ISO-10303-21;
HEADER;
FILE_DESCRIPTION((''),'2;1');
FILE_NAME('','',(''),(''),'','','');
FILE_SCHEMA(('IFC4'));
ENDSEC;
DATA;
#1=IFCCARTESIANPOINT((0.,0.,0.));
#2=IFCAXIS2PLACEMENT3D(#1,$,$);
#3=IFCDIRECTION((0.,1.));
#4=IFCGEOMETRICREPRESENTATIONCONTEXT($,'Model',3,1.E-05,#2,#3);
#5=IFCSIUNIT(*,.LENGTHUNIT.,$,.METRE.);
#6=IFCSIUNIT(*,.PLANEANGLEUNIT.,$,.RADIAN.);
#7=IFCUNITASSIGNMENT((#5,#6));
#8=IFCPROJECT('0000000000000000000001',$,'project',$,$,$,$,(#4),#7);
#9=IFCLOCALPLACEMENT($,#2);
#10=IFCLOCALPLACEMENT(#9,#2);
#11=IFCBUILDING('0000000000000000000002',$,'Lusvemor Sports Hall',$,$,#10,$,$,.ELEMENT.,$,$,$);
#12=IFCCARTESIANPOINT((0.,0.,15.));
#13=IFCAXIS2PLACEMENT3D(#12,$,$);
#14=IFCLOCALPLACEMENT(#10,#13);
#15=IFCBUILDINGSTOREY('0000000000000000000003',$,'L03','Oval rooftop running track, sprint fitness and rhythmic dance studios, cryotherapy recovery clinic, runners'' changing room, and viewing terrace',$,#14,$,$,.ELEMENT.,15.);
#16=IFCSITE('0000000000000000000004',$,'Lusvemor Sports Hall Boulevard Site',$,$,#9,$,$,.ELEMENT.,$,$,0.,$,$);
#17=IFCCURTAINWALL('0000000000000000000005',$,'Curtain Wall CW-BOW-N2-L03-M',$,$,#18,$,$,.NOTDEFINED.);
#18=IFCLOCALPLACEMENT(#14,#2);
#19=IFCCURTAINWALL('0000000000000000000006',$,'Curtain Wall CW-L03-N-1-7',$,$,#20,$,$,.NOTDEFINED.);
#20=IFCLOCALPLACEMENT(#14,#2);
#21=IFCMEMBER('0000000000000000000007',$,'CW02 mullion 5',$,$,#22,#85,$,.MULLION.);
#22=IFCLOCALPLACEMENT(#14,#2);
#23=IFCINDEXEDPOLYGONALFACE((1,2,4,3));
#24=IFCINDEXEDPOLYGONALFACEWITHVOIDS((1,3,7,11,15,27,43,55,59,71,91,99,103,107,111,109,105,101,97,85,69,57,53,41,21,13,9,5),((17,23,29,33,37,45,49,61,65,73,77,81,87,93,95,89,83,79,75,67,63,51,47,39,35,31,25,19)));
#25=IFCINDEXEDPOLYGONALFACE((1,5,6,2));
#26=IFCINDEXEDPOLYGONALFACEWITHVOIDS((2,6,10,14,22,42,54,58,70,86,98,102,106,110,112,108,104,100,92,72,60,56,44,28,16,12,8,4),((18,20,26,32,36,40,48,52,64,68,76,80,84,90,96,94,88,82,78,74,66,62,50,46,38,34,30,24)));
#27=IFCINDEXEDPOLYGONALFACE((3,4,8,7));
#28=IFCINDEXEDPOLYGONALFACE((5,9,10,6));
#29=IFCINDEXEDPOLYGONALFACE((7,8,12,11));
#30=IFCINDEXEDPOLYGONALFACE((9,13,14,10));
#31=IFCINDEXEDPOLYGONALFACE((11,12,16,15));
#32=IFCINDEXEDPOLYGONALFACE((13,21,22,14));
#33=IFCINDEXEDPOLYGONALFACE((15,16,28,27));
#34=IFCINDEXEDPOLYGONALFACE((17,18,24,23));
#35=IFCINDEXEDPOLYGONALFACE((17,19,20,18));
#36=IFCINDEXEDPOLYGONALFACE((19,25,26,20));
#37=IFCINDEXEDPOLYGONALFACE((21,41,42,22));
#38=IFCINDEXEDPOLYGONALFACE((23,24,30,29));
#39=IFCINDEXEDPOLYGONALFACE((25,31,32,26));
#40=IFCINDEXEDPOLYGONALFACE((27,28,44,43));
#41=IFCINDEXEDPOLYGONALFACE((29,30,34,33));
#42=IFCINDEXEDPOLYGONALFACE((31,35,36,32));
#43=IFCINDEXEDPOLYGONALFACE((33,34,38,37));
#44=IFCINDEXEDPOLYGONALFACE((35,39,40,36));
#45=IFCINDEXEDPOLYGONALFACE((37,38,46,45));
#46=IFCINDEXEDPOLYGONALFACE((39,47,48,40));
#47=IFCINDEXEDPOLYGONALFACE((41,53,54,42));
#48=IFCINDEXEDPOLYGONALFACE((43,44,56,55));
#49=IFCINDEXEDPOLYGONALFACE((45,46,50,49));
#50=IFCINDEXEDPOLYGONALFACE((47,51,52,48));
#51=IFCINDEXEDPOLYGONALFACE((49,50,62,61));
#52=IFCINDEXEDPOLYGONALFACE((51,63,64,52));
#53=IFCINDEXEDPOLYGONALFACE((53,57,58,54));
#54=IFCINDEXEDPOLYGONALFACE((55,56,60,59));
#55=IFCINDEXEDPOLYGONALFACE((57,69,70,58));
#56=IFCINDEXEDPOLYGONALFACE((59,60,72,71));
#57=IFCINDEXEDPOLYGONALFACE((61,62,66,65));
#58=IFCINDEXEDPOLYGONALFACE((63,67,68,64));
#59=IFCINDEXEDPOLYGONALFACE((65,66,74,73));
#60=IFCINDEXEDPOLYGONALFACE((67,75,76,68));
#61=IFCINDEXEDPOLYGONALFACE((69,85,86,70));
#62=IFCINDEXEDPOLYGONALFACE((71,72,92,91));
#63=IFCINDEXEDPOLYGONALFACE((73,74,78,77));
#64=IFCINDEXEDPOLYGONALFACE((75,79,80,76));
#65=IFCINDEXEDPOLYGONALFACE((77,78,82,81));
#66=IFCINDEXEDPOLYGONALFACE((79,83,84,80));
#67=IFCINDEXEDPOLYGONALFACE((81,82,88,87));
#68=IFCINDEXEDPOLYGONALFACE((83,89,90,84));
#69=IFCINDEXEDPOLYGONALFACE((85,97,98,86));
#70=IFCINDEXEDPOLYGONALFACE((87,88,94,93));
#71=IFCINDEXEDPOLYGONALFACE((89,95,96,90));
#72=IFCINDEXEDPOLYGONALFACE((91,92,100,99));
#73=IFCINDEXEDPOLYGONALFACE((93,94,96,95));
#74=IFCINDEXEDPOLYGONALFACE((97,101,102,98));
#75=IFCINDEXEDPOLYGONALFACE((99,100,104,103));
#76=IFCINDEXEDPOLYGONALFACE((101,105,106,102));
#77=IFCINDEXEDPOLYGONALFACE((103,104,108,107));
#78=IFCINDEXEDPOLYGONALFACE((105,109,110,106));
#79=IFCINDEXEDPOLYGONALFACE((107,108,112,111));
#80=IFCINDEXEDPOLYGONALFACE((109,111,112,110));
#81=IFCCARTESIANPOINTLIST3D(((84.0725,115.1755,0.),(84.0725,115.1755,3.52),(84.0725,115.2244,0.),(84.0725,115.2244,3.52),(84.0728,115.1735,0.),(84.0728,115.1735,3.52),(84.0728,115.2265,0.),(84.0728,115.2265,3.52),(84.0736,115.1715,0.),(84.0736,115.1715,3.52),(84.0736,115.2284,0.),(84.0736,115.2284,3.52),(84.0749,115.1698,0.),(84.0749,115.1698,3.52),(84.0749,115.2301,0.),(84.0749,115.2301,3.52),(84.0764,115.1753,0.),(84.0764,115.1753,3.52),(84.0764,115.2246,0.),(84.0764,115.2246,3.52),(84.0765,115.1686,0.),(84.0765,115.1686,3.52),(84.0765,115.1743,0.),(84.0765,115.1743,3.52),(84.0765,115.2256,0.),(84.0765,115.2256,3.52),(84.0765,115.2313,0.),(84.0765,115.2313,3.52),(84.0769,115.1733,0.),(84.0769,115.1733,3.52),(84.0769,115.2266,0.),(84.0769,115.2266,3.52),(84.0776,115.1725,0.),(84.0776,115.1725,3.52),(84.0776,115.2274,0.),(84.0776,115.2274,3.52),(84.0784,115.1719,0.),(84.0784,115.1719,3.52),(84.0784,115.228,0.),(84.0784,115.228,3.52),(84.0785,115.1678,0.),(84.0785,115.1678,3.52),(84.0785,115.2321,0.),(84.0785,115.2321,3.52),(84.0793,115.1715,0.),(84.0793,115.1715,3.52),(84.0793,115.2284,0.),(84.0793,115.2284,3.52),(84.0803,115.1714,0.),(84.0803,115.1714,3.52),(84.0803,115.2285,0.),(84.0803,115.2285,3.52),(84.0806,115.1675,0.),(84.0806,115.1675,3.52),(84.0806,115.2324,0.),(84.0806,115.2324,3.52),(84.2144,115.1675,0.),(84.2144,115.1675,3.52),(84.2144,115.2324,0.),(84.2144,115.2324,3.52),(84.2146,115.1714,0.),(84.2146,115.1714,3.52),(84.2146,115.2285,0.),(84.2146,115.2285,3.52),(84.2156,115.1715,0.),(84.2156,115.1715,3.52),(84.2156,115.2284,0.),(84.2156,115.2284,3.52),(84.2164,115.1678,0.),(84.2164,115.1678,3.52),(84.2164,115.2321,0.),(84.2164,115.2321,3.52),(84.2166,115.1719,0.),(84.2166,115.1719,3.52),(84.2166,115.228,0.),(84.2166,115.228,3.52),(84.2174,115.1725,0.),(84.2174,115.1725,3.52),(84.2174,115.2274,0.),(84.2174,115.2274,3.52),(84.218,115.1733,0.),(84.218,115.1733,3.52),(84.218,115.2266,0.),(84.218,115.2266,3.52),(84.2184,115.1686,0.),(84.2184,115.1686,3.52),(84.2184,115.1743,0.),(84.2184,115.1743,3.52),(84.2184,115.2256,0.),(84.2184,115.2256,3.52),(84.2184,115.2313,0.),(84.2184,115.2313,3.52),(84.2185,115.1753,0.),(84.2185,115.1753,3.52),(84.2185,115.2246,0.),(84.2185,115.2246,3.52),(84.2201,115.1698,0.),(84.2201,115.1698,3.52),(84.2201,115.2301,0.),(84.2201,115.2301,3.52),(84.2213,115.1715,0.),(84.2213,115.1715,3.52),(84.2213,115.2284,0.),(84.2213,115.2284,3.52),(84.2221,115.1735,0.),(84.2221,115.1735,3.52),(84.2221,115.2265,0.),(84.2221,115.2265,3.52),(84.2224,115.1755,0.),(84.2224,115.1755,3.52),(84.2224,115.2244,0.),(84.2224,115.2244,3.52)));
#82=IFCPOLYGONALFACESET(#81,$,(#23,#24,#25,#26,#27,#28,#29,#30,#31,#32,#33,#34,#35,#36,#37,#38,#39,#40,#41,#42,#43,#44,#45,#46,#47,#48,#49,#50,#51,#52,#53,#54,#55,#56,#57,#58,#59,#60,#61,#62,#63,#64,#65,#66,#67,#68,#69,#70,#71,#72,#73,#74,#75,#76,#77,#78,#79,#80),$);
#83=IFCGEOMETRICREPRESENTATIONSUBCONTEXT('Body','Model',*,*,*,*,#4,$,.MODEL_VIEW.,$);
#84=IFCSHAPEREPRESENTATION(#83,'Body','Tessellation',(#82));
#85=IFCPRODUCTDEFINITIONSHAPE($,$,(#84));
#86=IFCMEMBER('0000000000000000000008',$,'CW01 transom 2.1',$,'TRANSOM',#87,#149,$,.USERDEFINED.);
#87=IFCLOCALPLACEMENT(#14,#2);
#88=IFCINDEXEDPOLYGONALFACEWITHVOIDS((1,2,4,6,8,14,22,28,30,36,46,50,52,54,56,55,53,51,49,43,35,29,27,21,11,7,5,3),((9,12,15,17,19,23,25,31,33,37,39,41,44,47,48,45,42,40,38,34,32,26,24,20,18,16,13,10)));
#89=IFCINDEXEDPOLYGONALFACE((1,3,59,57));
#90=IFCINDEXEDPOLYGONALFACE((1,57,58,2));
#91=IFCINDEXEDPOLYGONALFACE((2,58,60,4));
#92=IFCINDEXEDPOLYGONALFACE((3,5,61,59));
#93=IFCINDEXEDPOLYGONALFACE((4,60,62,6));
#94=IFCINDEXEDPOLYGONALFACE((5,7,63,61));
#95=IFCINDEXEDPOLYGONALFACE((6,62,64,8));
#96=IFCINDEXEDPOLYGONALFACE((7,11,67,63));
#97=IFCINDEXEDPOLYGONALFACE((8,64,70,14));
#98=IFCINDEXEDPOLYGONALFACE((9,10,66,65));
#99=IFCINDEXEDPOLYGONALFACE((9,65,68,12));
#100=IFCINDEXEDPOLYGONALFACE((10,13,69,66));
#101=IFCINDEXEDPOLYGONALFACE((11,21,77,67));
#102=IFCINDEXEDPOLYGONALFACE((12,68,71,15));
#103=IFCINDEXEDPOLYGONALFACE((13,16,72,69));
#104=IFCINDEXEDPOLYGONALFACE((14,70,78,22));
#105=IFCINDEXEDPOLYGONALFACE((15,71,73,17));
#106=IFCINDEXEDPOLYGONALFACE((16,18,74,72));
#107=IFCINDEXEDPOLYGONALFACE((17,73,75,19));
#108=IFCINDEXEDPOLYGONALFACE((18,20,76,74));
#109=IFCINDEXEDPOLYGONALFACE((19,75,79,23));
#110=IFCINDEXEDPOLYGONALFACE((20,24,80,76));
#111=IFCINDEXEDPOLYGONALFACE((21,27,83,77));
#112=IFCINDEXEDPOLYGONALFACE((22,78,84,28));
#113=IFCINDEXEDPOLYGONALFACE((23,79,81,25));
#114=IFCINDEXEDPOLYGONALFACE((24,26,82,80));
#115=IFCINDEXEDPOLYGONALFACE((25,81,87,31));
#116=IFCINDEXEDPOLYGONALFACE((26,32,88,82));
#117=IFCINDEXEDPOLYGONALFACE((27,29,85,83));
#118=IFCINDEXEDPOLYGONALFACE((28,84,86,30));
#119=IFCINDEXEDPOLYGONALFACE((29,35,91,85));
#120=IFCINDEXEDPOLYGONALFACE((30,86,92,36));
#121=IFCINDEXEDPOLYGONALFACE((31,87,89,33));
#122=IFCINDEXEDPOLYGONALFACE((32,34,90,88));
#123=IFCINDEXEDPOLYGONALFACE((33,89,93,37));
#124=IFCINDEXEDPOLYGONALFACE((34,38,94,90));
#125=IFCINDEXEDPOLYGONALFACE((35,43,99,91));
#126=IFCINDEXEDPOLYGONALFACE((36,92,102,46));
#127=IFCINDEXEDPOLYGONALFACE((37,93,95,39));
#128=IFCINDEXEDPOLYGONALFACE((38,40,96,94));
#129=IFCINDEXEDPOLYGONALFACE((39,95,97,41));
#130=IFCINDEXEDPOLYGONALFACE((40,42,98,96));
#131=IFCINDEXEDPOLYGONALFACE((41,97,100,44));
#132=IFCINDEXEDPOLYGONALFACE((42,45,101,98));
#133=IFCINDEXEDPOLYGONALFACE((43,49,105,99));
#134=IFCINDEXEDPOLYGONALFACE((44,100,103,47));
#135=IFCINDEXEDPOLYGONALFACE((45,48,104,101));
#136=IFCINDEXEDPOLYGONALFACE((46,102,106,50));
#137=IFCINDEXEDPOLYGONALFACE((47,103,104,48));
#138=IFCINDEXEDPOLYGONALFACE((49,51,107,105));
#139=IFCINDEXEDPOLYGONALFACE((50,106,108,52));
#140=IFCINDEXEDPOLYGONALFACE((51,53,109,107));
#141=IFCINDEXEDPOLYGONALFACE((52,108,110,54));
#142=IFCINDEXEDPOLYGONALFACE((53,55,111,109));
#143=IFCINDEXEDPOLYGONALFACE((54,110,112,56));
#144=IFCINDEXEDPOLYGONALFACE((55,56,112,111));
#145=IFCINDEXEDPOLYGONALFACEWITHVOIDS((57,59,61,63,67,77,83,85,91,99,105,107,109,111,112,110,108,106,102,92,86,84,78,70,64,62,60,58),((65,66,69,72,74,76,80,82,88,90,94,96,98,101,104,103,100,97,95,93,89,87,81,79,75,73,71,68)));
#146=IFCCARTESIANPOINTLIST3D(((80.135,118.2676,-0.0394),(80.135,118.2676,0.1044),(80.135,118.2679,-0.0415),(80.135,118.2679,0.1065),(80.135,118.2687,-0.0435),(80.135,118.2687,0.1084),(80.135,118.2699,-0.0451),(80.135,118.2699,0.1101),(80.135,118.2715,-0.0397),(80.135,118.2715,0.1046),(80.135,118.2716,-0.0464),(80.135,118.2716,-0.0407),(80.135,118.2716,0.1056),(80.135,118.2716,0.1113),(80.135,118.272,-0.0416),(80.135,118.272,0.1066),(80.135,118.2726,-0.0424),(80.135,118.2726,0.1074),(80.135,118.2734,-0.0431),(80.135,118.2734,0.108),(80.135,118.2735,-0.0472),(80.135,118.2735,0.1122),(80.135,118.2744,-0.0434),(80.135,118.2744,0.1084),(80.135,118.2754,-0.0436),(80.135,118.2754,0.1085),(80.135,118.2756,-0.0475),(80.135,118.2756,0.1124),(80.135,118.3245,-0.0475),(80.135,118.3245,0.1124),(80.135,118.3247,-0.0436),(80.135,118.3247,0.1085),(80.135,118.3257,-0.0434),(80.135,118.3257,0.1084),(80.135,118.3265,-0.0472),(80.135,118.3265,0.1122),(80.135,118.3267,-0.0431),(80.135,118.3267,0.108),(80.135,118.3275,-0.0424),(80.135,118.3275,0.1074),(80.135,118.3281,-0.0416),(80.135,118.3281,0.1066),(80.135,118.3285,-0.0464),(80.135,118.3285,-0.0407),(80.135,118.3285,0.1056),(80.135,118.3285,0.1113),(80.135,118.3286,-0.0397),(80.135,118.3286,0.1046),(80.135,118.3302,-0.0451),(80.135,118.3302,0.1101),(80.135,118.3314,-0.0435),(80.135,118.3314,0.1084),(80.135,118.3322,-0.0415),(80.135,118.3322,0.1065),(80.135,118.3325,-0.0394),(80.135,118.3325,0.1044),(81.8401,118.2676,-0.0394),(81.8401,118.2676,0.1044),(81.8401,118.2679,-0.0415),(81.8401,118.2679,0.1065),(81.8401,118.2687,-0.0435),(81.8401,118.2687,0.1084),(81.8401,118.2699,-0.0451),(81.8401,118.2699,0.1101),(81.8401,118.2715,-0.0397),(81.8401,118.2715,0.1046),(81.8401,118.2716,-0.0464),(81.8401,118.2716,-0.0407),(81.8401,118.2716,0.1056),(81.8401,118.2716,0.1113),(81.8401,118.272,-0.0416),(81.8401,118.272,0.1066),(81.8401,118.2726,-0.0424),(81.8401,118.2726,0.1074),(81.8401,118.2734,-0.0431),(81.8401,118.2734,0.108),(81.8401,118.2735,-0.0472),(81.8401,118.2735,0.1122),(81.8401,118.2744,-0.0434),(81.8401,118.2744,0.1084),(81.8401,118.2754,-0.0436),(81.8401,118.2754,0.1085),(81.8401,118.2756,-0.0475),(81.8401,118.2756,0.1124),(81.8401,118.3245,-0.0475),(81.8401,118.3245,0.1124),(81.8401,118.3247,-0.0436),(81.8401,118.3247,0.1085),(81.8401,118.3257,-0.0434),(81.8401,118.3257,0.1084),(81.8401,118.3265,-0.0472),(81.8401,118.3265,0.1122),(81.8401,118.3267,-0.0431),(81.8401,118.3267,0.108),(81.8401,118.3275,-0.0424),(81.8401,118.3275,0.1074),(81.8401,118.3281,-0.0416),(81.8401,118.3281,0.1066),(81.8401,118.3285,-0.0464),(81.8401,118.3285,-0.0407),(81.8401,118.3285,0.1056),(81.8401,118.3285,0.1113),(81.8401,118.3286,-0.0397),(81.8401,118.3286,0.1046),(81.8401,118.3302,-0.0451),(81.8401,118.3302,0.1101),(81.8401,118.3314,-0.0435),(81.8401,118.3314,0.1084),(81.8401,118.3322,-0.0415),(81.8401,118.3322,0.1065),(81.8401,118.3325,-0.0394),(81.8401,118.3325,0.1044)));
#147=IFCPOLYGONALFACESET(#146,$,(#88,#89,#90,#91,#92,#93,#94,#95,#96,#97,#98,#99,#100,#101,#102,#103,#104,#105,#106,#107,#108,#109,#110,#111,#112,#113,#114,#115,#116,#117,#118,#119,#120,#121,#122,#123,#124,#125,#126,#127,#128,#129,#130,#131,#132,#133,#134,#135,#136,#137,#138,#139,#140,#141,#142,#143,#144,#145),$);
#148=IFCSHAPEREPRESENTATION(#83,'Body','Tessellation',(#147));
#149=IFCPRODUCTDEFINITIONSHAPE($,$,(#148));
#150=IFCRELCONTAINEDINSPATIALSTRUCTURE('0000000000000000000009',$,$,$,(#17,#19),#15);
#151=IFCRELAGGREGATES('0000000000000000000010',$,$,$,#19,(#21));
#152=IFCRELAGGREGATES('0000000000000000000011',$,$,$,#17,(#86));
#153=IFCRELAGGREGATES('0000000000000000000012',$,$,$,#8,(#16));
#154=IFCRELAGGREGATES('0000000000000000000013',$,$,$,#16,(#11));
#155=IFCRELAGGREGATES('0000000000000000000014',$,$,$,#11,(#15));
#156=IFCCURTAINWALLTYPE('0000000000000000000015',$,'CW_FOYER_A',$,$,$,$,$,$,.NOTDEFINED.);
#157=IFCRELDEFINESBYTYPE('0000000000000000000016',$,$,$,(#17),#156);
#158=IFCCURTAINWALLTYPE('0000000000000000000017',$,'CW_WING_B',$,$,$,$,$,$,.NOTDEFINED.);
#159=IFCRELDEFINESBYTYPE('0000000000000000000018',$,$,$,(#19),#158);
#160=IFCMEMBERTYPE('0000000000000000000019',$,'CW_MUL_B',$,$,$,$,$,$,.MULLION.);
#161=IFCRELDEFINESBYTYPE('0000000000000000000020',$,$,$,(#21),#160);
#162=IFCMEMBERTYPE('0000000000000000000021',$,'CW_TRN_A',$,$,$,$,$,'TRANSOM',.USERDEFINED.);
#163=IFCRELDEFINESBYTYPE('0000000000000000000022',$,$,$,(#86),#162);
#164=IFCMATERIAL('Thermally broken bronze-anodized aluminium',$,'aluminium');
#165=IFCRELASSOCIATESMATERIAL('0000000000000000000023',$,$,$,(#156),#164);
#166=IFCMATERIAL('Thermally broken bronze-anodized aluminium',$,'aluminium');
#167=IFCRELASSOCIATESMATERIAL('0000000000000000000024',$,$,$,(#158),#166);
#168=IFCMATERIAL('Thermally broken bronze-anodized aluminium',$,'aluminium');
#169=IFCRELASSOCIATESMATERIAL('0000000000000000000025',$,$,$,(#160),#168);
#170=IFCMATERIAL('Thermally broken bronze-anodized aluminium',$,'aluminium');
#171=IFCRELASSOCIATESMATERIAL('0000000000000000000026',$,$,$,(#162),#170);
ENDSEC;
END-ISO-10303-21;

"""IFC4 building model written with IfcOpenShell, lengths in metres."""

from ifc_helpers import new_model, si_unit, direction, frame, origin, origin_2d, place, context, subcontext, project, spatial, hollow_rectangle, extrude, material, material_profile, profile_set, type_object, element, aggregate, save


model = new_model("IFC4")

# Units and contexts
model_context = context("Model", 3, precision=1e-05, world=origin(), true_north=direction((0.0, 1.0)))
body_context = subcontext(model_context, "Body", "Model", "MODEL_VIEW")
ifc_project = project(units=[si_unit("LENGTHUNIT", "METRE"), si_unit("PLANEANGLEUNIT", "RADIAN")], contexts=[model_context])

# Site, building, storey
site_placement = place(None, origin())
site = spatial("IfcSite", under=ifc_project, at=site_placement, Name="Lusvemor Sports Hall Boulevard Site", CompositionType="ELEMENT", RefElevation=0.0)
building_placement = place(site_placement, origin())
building = spatial("IfcBuilding", under=site, at=building_placement, Name="Lusvemor Sports Hall", CompositionType="ELEMENT")
storey_placement = place(building_placement, frame((0.0, 0.0, 15.0)))
storey = spatial("IfcBuildingStorey", under=building, at=storey_placement, Name="L03", Description="Oval rooftop running track, sprint fitness and rhythmic dance studios, cryotherapy recovery clinic, runners' changing room, and viewing terrace", CompositionType="ELEMENT", Elevation=15.0)

# Curtain walls, member
ifc_material_1 = material(Name="Thermally broken bronze-anodized aluminium", Category="aluminium")
curtain_wall_type_1 = type_object("IfcCurtainWallType", Name="CW_FOYER_A", PredefinedType="NOTDEFINED", material=ifc_material_1)
curtain_wall_1_placement = place(storey_placement, origin())
curtain_wall_1 = element("IfcCurtainWall", 1, at=curtain_wall_1_placement, inside=storey, type_object=curtain_wall_type_1, Name="Curtain Wall CW-BOW-N2-L03-M", PredefinedType="NOTDEFINED")
ifc_material_2 = material(Name="Thermally broken bronze-anodized aluminium", Category="aluminium")
curtain_wall_type_2 = type_object("IfcCurtainWallType", Name="CW_WING_B", PredefinedType="NOTDEFINED", material=ifc_material_2)
curtain_wall_2_placement = place(storey_placement, origin())
curtain_wall_2 = element("IfcCurtainWall", 2, at=curtain_wall_2_placement, inside=storey, type_object=curtain_wall_type_2, Name="Curtain Wall CW-L03-N-1-7", PredefinedType="NOTDEFINED")
ifc_material_3 = material(Name="Thermally broken bronze-anodized aluminium", Category="aluminium")
ifc_material_profile_1 = material_profile(ifc_material_3, hollow_rectangle(XDim=0.0649, YDim=0.1499, WallThickness=0.0039, InnerFilletRadius=0.0039, OuterFilletRadius=0.0081, at=origin_2d()), Name="CWMUL150x65x4")
ifc_profile_set_1 = profile_set([ifc_material_profile_1], Name="Thermally broken bronze-anodized aluminium")
member_type_1 = type_object("IfcMemberType", Name="CW_MUL_B", PredefinedType="MULLION", material=ifc_profile_set_1)
member_1_placement = place(storey_placement, frame((84.1475, 115.2, 0.0), z_axis=(0.0, 0.0, 1.0), x_axis=(0.0, 1.0, 0.0)))
member_1 = element("IfcMember", 3, at=member_1_placement, type_object=member_type_1, Name="CW02 mullion 5", PredefinedType="MULLION", context=body_context, shape_type="SweptSolid", body=[
    extrude(hollow_rectangle(XDim=0.0649, YDim=0.1499, WallThickness=0.0039, InnerFilletRadius=0.0039, OuterFilletRadius=0.0081, at=origin_2d()), origin(), (0.0, 0.0, 1.0), 3.52),
])

# Member
ifc_material_4 = material(Name="Thermally broken bronze-anodized aluminium", Category="aluminium")
ifc_material_profile_2 = material_profile(ifc_material_4, hollow_rectangle(XDim=0.0649, YDim=0.1599, WallThickness=0.0039, InnerFilletRadius=0.0039, OuterFilletRadius=0.0081, at=origin_2d()), Name="CWTRN160x65x4")
ifc_profile_set_2 = profile_set([ifc_material_profile_2], Name="Thermally broken bronze-anodized aluminium")
member_type_2 = type_object("IfcMemberType", Name="CW_TRN_A", ElementType="TRANSOM", PredefinedType="USERDEFINED", material=ifc_profile_set_2)
member_2_placement = place(storey_placement, frame((80.135, 118.3, 0.0325), z_axis=(1.0, 0.0, 0.0), x_axis=(0.0, 1.0, 0.0)))
member_2 = element("IfcMember", 4, at=member_2_placement, type_object=member_type_2, Name="CW01 transom 2.1", ObjectType="TRANSOM", PredefinedType="USERDEFINED", context=body_context, shape_type="SweptSolid", body=[
    extrude(hollow_rectangle(XDim=0.0649, YDim=0.1599, WallThickness=0.0039, InnerFilletRadius=0.0039, OuterFilletRadius=0.0081, at=origin_2d()), origin(), (0.0, 0.0, 1.0), 1.7051),
])

aggregate(curtain_wall_2, [member_1])
aggregate(curtain_wall_1, [member_2])

save(model, "model.ifc")
